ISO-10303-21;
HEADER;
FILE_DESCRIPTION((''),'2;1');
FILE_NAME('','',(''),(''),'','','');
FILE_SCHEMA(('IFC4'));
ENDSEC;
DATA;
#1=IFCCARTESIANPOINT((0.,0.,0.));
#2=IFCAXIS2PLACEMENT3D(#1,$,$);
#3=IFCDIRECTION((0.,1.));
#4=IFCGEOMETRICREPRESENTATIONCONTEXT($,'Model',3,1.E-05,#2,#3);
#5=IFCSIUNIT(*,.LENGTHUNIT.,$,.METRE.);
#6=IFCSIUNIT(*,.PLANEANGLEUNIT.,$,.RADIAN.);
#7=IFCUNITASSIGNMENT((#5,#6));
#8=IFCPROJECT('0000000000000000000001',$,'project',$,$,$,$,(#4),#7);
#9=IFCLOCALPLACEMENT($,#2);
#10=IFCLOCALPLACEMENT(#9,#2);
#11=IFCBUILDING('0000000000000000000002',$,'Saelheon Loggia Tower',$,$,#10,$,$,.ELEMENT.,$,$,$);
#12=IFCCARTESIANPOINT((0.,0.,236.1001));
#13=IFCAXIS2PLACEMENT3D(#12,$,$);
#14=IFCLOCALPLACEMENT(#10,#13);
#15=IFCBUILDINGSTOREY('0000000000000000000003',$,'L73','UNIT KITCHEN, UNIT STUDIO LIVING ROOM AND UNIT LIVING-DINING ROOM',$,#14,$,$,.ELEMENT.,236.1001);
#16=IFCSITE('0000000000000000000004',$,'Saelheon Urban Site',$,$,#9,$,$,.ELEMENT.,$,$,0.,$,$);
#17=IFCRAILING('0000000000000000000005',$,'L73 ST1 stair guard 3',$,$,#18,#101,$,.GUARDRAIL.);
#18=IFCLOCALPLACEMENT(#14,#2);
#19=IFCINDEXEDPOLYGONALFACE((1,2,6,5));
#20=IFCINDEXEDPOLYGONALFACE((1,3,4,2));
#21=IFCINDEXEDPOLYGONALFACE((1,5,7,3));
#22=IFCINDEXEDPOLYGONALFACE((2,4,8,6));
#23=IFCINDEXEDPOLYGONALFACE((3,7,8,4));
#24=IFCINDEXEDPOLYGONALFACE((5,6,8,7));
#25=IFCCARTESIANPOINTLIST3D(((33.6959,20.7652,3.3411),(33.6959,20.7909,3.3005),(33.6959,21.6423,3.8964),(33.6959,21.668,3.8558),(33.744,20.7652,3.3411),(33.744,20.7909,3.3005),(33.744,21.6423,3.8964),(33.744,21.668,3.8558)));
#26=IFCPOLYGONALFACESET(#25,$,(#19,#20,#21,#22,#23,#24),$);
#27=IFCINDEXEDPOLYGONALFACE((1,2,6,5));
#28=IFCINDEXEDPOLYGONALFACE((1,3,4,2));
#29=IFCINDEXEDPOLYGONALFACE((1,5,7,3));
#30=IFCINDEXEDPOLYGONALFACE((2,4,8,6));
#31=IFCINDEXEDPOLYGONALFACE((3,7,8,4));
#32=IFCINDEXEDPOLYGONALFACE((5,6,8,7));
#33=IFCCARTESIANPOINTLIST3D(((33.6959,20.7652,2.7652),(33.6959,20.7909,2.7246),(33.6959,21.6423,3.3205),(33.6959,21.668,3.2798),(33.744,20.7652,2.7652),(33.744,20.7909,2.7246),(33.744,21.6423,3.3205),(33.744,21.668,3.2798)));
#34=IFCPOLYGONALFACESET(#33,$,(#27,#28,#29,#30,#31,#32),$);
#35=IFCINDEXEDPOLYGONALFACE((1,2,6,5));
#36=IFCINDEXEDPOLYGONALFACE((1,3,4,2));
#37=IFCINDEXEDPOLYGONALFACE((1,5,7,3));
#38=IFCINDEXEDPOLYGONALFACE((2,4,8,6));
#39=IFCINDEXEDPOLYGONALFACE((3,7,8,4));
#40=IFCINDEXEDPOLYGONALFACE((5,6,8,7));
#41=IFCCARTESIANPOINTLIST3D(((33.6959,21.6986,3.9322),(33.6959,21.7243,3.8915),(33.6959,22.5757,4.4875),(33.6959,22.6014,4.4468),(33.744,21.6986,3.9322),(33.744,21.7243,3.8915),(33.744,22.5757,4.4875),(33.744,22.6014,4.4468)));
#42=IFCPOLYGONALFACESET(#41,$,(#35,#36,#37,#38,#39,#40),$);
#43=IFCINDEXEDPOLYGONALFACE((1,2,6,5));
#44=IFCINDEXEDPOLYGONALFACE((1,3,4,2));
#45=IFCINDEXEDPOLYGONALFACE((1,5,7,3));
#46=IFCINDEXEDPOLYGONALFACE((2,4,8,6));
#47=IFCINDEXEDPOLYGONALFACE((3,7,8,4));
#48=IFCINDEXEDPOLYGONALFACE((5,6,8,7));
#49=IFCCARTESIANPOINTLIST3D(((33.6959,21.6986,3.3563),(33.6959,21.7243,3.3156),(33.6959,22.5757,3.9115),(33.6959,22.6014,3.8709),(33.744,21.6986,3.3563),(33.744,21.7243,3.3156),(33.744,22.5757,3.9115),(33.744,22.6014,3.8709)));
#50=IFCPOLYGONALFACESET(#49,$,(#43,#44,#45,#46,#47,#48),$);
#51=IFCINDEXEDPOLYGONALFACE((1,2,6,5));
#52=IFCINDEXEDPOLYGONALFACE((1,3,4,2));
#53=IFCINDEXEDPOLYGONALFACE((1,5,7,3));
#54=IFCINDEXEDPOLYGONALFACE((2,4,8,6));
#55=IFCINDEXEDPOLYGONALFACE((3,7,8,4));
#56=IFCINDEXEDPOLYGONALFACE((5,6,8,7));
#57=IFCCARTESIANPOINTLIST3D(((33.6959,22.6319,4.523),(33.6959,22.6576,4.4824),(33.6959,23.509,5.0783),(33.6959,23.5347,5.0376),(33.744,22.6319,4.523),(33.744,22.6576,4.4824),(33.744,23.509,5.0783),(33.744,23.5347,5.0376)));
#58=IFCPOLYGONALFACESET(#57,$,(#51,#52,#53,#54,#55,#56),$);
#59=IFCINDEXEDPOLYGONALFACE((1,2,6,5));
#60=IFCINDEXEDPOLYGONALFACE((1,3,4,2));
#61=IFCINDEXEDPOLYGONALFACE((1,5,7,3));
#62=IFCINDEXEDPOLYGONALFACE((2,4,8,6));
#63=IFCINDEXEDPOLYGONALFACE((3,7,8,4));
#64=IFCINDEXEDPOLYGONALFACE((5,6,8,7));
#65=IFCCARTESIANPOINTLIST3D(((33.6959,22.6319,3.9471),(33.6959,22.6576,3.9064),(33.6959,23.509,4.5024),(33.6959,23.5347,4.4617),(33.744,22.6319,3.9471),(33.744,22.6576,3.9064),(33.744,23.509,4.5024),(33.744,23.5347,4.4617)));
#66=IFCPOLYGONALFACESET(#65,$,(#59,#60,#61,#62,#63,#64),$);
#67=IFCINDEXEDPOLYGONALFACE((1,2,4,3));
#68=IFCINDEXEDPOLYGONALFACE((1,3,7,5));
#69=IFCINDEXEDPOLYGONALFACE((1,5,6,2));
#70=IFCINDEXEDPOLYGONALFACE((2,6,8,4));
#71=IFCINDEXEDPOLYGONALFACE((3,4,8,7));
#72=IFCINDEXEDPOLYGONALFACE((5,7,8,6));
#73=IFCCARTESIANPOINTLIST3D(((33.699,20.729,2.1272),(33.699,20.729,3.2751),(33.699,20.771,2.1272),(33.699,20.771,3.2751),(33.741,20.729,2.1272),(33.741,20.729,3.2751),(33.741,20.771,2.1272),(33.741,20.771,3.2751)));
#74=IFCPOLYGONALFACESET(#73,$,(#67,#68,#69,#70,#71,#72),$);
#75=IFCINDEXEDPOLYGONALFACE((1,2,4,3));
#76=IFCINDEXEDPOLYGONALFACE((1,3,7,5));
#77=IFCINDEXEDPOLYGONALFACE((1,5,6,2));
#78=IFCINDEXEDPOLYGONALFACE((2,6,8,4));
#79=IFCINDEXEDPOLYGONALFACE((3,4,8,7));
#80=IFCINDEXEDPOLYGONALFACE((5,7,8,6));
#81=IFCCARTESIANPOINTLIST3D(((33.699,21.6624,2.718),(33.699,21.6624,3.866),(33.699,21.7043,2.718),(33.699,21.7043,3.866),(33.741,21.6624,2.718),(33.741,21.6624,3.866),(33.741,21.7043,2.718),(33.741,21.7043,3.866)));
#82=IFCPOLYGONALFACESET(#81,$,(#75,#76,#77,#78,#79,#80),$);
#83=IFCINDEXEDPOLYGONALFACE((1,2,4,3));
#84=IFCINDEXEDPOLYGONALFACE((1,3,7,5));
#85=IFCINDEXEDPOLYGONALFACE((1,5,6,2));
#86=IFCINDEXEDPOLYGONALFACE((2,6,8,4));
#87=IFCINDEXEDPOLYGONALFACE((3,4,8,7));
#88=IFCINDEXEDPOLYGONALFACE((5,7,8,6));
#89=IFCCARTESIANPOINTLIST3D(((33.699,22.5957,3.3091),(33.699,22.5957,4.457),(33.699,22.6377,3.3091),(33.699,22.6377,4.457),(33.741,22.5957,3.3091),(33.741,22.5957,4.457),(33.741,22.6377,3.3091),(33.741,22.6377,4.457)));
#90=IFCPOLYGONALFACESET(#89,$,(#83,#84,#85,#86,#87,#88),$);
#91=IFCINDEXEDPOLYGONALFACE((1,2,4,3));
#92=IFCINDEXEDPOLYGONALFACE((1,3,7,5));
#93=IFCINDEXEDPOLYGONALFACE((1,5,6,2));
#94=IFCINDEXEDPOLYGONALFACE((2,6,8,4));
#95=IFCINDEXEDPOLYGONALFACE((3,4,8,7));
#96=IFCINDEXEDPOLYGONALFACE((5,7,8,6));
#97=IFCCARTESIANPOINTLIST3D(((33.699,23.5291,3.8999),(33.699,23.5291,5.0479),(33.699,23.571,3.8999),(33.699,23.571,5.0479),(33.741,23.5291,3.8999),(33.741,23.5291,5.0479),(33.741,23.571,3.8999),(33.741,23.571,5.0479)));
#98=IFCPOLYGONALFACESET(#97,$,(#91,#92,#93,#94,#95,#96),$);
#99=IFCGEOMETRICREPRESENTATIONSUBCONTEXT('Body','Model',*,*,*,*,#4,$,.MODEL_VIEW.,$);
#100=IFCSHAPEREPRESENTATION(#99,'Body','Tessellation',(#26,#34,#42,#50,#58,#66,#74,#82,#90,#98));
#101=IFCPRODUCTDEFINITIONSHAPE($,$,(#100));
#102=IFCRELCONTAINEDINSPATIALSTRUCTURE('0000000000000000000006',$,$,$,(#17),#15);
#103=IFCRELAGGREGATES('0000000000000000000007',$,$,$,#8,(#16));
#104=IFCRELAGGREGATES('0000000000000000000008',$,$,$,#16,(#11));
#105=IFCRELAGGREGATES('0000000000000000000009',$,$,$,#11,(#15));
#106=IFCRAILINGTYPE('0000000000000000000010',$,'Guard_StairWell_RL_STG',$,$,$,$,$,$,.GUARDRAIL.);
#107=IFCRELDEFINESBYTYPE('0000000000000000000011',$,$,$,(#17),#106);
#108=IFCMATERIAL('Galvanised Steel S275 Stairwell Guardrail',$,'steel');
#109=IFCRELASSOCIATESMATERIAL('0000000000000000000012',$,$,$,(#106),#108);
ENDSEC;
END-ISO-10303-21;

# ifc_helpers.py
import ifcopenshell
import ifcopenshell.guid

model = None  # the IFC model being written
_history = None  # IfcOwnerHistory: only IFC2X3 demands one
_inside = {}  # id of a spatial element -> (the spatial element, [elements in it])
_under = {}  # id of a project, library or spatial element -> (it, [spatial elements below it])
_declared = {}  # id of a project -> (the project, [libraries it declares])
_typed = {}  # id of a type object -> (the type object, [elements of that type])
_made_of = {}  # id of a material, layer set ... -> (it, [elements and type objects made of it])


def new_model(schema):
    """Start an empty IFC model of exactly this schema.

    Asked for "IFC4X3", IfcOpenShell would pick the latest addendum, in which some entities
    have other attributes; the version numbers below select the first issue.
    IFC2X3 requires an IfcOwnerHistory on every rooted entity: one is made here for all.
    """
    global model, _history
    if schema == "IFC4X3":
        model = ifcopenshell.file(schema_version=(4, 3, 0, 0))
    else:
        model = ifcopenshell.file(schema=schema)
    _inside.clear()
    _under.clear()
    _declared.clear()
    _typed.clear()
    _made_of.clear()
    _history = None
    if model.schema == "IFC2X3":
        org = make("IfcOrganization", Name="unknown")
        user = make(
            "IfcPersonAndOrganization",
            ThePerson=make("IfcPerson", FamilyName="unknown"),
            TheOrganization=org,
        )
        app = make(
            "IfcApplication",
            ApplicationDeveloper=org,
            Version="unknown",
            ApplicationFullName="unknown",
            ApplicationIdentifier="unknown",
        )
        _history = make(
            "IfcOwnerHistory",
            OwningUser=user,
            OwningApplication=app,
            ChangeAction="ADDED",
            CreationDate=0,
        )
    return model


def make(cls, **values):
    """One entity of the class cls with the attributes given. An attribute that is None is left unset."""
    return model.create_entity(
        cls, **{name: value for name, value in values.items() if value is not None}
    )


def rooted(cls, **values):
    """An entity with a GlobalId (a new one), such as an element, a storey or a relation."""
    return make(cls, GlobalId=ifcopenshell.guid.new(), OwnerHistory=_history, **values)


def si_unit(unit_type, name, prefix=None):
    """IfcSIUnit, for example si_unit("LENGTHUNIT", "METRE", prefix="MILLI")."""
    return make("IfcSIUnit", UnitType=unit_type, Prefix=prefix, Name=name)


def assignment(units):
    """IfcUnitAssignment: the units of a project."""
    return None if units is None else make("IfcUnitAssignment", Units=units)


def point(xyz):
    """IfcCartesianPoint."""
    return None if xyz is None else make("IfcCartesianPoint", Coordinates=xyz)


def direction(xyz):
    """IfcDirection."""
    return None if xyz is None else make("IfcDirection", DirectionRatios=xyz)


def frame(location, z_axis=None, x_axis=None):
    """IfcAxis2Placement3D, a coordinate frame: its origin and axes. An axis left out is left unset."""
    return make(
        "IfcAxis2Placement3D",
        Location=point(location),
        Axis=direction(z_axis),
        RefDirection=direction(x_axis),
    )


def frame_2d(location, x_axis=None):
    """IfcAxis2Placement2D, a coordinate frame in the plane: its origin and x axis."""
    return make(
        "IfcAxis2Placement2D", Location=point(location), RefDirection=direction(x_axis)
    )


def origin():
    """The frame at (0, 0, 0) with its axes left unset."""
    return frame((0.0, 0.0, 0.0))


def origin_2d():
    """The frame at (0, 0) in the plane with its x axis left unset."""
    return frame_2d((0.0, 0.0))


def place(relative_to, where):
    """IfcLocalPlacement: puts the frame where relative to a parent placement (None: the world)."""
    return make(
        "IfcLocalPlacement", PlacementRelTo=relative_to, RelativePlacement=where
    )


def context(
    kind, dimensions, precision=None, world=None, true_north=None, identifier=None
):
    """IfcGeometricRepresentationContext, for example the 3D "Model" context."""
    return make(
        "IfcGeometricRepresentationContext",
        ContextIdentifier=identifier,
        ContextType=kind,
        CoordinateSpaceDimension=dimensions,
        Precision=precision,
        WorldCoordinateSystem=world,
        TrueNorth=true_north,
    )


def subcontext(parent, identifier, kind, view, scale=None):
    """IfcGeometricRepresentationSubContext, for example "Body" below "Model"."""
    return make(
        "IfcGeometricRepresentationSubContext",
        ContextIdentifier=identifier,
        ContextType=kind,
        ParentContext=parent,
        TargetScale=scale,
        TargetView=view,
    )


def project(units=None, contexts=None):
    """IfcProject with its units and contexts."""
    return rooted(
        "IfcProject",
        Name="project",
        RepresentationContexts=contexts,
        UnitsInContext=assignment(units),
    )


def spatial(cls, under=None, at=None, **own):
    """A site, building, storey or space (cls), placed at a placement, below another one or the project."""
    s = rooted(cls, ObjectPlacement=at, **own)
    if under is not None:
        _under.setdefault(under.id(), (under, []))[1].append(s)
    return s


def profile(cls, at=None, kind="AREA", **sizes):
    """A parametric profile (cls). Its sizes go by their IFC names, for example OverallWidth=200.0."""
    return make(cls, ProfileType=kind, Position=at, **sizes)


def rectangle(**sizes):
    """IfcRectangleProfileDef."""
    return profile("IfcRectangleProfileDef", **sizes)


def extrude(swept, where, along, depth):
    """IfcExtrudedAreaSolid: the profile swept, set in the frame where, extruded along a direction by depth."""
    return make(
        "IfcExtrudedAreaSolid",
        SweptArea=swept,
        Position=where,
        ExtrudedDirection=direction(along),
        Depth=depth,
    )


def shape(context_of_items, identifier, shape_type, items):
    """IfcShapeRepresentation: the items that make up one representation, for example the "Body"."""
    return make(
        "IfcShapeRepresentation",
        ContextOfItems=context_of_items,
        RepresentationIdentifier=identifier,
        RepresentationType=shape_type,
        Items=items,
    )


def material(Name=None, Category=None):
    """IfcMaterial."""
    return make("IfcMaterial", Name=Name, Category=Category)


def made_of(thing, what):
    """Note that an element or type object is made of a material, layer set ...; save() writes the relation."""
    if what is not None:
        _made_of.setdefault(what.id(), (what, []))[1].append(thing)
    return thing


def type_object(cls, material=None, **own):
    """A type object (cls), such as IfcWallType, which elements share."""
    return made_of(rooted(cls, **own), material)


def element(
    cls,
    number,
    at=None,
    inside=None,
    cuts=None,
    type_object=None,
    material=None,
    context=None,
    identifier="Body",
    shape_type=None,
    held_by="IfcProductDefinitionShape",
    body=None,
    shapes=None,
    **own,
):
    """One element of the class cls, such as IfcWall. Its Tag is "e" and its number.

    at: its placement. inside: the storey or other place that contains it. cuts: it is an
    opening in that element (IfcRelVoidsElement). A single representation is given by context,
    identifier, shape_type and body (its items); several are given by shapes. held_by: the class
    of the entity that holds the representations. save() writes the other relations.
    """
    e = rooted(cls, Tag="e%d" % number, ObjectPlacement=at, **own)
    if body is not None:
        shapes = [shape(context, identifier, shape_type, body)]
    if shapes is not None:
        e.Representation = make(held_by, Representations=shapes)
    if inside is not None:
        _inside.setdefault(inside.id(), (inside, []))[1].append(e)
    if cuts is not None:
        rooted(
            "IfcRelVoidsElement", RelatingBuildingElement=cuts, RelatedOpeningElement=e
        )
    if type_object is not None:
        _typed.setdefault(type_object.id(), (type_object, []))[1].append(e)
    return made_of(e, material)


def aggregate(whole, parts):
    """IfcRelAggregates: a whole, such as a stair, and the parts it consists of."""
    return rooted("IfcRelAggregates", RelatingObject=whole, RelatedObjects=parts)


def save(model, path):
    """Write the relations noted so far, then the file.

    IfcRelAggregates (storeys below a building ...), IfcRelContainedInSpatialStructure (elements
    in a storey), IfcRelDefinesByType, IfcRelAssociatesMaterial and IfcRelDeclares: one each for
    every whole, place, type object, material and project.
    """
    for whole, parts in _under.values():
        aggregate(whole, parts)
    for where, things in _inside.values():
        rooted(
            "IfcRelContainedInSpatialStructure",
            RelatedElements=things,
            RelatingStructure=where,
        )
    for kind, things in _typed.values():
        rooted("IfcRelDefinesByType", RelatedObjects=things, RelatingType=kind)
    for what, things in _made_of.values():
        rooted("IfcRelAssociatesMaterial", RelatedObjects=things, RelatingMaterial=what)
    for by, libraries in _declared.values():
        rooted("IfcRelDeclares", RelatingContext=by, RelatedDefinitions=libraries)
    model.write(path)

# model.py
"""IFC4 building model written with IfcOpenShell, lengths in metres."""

from ifc_helpers import new_model, si_unit, direction, frame, origin, origin_2d, place, context, subcontext, project, spatial, rectangle, extrude, material, type_object, element, save


model = new_model("IFC4")

# Units and contexts
model_context = context("Model", 3, precision=1e-05, world=origin(), true_north=direction((0.0, 1.0)))
body_context = subcontext(model_context, "Body", "Model", "MODEL_VIEW")
ifc_project = project(units=[si_unit("LENGTHUNIT", "METRE"), si_unit("PLANEANGLEUNIT", "RADIAN")], contexts=[model_context])

# Site, building, storey
site_placement = place(None, origin())
site = spatial("IfcSite", under=ifc_project, at=site_placement, Name="Saelheon Urban Site", CompositionType="ELEMENT", RefElevation=0.0)
building_placement = place(site_placement, origin())
building = spatial("IfcBuilding", under=site, at=building_placement, Name="Saelheon Loggia Tower", CompositionType="ELEMENT")
storey_placement = place(building_placement, frame((0.0, 0.0, 236.1001)))
storey = spatial("IfcBuildingStorey", under=building, at=storey_placement, Name="L73", Description="UNIT KITCHEN, UNIT STUDIO LIVING ROOM AND UNIT LIVING-DINING ROOM", CompositionType="ELEMENT", Elevation=236.1001)

# Railing
ifc_material_1 = material(Name="Galvanised Steel S275 Stairwell Guardrail", Category="steel")
railing_type = type_object("IfcRailingType", Name="Guard_StairWell_RL_STG", PredefinedType="GUARDRAIL", material=ifc_material_1)
railing_1_placement = place(storey_placement, frame((33.72, 20.75, 2.1272)))
element("IfcRailing", 1, at=railing_1_placement, inside=storey, type_object=railing_type, Name="L73 ST1 stair guard 3", PredefinedType="GUARDRAIL", context=body_context, shape_type="SweptSolid", body=[
    extrude(rectangle(XDim=0.0481, YDim=0.0481, at=origin_2d()), frame((0.0, 0.0281, 1.1936), z_axis=(0.0, 0.844909, 0.53491), x_axis=(-1.0, 0.0, 0.0)), (0.0, 0.0, 1.0), 1.0381),
    extrude(rectangle(XDim=0.0481, YDim=0.0481, at=origin_2d()), frame((0.0, 0.0281, 0.6177), z_axis=(0.0, 0.844909, 0.53491), x_axis=(-1.0, 0.0, 0.0)), (0.0, 0.0, 1.0), 1.0381),
    extrude(rectangle(XDim=0.0481, YDim=0.0481, at=origin_2d()), frame((0.0, 0.9614, 1.7847), z_axis=(0.0, 0.844909, 0.53491), x_axis=(-1.0, 0.0, 0.0)), (0.0, 0.0, 1.0), 1.0381),
    extrude(rectangle(XDim=0.0481, YDim=0.0481, at=origin_2d()), frame((0.0, 0.9614, 1.2087), z_axis=(0.0, 0.844909, 0.53491), x_axis=(-1.0, 0.0, 0.0)), (0.0, 0.0, 1.0), 1.0381),
    extrude(rectangle(XDim=0.0481, YDim=0.0481, at=origin_2d()), frame((0.0, 1.8948, 2.3755), z_axis=(0.0, 0.844909, 0.53491), x_axis=(-1.0, 0.0, 0.0)), (0.0, 0.0, 1.0), 1.0381),
    extrude(rectangle(XDim=0.0481, YDim=0.0481, at=origin_2d()), frame((0.0, 1.8948, 1.7996), z_axis=(0.0, 0.844909, 0.53491), x_axis=(-1.0, 0.0, 0.0)), (0.0, 0.0, 1.0), 1.0381),
    extrude(rectangle(XDim=0.042, YDim=0.042, at=origin_2d()), origin(), (0.0, 0.0, 1.0), 1.1479),
    extrude(rectangle(XDim=0.042, YDim=0.042, at=origin_2d()), frame((0.0, 0.9333, 0.5908)), (0.0, 0.0, 1.0), 1.1479),
    extrude(rectangle(XDim=0.042, YDim=0.042, at=origin_2d()), frame((0.0, 1.8667, 1.1819)), (0.0, 0.0, 1.0), 1.1479),
    extrude(rectangle(XDim=0.042, YDim=0.042, at=origin_2d()), frame((0.0, 2.8, 1.7727)), (0.0, 0.0, 1.0), 1.1479),
])

save(model, "model.ifc")
